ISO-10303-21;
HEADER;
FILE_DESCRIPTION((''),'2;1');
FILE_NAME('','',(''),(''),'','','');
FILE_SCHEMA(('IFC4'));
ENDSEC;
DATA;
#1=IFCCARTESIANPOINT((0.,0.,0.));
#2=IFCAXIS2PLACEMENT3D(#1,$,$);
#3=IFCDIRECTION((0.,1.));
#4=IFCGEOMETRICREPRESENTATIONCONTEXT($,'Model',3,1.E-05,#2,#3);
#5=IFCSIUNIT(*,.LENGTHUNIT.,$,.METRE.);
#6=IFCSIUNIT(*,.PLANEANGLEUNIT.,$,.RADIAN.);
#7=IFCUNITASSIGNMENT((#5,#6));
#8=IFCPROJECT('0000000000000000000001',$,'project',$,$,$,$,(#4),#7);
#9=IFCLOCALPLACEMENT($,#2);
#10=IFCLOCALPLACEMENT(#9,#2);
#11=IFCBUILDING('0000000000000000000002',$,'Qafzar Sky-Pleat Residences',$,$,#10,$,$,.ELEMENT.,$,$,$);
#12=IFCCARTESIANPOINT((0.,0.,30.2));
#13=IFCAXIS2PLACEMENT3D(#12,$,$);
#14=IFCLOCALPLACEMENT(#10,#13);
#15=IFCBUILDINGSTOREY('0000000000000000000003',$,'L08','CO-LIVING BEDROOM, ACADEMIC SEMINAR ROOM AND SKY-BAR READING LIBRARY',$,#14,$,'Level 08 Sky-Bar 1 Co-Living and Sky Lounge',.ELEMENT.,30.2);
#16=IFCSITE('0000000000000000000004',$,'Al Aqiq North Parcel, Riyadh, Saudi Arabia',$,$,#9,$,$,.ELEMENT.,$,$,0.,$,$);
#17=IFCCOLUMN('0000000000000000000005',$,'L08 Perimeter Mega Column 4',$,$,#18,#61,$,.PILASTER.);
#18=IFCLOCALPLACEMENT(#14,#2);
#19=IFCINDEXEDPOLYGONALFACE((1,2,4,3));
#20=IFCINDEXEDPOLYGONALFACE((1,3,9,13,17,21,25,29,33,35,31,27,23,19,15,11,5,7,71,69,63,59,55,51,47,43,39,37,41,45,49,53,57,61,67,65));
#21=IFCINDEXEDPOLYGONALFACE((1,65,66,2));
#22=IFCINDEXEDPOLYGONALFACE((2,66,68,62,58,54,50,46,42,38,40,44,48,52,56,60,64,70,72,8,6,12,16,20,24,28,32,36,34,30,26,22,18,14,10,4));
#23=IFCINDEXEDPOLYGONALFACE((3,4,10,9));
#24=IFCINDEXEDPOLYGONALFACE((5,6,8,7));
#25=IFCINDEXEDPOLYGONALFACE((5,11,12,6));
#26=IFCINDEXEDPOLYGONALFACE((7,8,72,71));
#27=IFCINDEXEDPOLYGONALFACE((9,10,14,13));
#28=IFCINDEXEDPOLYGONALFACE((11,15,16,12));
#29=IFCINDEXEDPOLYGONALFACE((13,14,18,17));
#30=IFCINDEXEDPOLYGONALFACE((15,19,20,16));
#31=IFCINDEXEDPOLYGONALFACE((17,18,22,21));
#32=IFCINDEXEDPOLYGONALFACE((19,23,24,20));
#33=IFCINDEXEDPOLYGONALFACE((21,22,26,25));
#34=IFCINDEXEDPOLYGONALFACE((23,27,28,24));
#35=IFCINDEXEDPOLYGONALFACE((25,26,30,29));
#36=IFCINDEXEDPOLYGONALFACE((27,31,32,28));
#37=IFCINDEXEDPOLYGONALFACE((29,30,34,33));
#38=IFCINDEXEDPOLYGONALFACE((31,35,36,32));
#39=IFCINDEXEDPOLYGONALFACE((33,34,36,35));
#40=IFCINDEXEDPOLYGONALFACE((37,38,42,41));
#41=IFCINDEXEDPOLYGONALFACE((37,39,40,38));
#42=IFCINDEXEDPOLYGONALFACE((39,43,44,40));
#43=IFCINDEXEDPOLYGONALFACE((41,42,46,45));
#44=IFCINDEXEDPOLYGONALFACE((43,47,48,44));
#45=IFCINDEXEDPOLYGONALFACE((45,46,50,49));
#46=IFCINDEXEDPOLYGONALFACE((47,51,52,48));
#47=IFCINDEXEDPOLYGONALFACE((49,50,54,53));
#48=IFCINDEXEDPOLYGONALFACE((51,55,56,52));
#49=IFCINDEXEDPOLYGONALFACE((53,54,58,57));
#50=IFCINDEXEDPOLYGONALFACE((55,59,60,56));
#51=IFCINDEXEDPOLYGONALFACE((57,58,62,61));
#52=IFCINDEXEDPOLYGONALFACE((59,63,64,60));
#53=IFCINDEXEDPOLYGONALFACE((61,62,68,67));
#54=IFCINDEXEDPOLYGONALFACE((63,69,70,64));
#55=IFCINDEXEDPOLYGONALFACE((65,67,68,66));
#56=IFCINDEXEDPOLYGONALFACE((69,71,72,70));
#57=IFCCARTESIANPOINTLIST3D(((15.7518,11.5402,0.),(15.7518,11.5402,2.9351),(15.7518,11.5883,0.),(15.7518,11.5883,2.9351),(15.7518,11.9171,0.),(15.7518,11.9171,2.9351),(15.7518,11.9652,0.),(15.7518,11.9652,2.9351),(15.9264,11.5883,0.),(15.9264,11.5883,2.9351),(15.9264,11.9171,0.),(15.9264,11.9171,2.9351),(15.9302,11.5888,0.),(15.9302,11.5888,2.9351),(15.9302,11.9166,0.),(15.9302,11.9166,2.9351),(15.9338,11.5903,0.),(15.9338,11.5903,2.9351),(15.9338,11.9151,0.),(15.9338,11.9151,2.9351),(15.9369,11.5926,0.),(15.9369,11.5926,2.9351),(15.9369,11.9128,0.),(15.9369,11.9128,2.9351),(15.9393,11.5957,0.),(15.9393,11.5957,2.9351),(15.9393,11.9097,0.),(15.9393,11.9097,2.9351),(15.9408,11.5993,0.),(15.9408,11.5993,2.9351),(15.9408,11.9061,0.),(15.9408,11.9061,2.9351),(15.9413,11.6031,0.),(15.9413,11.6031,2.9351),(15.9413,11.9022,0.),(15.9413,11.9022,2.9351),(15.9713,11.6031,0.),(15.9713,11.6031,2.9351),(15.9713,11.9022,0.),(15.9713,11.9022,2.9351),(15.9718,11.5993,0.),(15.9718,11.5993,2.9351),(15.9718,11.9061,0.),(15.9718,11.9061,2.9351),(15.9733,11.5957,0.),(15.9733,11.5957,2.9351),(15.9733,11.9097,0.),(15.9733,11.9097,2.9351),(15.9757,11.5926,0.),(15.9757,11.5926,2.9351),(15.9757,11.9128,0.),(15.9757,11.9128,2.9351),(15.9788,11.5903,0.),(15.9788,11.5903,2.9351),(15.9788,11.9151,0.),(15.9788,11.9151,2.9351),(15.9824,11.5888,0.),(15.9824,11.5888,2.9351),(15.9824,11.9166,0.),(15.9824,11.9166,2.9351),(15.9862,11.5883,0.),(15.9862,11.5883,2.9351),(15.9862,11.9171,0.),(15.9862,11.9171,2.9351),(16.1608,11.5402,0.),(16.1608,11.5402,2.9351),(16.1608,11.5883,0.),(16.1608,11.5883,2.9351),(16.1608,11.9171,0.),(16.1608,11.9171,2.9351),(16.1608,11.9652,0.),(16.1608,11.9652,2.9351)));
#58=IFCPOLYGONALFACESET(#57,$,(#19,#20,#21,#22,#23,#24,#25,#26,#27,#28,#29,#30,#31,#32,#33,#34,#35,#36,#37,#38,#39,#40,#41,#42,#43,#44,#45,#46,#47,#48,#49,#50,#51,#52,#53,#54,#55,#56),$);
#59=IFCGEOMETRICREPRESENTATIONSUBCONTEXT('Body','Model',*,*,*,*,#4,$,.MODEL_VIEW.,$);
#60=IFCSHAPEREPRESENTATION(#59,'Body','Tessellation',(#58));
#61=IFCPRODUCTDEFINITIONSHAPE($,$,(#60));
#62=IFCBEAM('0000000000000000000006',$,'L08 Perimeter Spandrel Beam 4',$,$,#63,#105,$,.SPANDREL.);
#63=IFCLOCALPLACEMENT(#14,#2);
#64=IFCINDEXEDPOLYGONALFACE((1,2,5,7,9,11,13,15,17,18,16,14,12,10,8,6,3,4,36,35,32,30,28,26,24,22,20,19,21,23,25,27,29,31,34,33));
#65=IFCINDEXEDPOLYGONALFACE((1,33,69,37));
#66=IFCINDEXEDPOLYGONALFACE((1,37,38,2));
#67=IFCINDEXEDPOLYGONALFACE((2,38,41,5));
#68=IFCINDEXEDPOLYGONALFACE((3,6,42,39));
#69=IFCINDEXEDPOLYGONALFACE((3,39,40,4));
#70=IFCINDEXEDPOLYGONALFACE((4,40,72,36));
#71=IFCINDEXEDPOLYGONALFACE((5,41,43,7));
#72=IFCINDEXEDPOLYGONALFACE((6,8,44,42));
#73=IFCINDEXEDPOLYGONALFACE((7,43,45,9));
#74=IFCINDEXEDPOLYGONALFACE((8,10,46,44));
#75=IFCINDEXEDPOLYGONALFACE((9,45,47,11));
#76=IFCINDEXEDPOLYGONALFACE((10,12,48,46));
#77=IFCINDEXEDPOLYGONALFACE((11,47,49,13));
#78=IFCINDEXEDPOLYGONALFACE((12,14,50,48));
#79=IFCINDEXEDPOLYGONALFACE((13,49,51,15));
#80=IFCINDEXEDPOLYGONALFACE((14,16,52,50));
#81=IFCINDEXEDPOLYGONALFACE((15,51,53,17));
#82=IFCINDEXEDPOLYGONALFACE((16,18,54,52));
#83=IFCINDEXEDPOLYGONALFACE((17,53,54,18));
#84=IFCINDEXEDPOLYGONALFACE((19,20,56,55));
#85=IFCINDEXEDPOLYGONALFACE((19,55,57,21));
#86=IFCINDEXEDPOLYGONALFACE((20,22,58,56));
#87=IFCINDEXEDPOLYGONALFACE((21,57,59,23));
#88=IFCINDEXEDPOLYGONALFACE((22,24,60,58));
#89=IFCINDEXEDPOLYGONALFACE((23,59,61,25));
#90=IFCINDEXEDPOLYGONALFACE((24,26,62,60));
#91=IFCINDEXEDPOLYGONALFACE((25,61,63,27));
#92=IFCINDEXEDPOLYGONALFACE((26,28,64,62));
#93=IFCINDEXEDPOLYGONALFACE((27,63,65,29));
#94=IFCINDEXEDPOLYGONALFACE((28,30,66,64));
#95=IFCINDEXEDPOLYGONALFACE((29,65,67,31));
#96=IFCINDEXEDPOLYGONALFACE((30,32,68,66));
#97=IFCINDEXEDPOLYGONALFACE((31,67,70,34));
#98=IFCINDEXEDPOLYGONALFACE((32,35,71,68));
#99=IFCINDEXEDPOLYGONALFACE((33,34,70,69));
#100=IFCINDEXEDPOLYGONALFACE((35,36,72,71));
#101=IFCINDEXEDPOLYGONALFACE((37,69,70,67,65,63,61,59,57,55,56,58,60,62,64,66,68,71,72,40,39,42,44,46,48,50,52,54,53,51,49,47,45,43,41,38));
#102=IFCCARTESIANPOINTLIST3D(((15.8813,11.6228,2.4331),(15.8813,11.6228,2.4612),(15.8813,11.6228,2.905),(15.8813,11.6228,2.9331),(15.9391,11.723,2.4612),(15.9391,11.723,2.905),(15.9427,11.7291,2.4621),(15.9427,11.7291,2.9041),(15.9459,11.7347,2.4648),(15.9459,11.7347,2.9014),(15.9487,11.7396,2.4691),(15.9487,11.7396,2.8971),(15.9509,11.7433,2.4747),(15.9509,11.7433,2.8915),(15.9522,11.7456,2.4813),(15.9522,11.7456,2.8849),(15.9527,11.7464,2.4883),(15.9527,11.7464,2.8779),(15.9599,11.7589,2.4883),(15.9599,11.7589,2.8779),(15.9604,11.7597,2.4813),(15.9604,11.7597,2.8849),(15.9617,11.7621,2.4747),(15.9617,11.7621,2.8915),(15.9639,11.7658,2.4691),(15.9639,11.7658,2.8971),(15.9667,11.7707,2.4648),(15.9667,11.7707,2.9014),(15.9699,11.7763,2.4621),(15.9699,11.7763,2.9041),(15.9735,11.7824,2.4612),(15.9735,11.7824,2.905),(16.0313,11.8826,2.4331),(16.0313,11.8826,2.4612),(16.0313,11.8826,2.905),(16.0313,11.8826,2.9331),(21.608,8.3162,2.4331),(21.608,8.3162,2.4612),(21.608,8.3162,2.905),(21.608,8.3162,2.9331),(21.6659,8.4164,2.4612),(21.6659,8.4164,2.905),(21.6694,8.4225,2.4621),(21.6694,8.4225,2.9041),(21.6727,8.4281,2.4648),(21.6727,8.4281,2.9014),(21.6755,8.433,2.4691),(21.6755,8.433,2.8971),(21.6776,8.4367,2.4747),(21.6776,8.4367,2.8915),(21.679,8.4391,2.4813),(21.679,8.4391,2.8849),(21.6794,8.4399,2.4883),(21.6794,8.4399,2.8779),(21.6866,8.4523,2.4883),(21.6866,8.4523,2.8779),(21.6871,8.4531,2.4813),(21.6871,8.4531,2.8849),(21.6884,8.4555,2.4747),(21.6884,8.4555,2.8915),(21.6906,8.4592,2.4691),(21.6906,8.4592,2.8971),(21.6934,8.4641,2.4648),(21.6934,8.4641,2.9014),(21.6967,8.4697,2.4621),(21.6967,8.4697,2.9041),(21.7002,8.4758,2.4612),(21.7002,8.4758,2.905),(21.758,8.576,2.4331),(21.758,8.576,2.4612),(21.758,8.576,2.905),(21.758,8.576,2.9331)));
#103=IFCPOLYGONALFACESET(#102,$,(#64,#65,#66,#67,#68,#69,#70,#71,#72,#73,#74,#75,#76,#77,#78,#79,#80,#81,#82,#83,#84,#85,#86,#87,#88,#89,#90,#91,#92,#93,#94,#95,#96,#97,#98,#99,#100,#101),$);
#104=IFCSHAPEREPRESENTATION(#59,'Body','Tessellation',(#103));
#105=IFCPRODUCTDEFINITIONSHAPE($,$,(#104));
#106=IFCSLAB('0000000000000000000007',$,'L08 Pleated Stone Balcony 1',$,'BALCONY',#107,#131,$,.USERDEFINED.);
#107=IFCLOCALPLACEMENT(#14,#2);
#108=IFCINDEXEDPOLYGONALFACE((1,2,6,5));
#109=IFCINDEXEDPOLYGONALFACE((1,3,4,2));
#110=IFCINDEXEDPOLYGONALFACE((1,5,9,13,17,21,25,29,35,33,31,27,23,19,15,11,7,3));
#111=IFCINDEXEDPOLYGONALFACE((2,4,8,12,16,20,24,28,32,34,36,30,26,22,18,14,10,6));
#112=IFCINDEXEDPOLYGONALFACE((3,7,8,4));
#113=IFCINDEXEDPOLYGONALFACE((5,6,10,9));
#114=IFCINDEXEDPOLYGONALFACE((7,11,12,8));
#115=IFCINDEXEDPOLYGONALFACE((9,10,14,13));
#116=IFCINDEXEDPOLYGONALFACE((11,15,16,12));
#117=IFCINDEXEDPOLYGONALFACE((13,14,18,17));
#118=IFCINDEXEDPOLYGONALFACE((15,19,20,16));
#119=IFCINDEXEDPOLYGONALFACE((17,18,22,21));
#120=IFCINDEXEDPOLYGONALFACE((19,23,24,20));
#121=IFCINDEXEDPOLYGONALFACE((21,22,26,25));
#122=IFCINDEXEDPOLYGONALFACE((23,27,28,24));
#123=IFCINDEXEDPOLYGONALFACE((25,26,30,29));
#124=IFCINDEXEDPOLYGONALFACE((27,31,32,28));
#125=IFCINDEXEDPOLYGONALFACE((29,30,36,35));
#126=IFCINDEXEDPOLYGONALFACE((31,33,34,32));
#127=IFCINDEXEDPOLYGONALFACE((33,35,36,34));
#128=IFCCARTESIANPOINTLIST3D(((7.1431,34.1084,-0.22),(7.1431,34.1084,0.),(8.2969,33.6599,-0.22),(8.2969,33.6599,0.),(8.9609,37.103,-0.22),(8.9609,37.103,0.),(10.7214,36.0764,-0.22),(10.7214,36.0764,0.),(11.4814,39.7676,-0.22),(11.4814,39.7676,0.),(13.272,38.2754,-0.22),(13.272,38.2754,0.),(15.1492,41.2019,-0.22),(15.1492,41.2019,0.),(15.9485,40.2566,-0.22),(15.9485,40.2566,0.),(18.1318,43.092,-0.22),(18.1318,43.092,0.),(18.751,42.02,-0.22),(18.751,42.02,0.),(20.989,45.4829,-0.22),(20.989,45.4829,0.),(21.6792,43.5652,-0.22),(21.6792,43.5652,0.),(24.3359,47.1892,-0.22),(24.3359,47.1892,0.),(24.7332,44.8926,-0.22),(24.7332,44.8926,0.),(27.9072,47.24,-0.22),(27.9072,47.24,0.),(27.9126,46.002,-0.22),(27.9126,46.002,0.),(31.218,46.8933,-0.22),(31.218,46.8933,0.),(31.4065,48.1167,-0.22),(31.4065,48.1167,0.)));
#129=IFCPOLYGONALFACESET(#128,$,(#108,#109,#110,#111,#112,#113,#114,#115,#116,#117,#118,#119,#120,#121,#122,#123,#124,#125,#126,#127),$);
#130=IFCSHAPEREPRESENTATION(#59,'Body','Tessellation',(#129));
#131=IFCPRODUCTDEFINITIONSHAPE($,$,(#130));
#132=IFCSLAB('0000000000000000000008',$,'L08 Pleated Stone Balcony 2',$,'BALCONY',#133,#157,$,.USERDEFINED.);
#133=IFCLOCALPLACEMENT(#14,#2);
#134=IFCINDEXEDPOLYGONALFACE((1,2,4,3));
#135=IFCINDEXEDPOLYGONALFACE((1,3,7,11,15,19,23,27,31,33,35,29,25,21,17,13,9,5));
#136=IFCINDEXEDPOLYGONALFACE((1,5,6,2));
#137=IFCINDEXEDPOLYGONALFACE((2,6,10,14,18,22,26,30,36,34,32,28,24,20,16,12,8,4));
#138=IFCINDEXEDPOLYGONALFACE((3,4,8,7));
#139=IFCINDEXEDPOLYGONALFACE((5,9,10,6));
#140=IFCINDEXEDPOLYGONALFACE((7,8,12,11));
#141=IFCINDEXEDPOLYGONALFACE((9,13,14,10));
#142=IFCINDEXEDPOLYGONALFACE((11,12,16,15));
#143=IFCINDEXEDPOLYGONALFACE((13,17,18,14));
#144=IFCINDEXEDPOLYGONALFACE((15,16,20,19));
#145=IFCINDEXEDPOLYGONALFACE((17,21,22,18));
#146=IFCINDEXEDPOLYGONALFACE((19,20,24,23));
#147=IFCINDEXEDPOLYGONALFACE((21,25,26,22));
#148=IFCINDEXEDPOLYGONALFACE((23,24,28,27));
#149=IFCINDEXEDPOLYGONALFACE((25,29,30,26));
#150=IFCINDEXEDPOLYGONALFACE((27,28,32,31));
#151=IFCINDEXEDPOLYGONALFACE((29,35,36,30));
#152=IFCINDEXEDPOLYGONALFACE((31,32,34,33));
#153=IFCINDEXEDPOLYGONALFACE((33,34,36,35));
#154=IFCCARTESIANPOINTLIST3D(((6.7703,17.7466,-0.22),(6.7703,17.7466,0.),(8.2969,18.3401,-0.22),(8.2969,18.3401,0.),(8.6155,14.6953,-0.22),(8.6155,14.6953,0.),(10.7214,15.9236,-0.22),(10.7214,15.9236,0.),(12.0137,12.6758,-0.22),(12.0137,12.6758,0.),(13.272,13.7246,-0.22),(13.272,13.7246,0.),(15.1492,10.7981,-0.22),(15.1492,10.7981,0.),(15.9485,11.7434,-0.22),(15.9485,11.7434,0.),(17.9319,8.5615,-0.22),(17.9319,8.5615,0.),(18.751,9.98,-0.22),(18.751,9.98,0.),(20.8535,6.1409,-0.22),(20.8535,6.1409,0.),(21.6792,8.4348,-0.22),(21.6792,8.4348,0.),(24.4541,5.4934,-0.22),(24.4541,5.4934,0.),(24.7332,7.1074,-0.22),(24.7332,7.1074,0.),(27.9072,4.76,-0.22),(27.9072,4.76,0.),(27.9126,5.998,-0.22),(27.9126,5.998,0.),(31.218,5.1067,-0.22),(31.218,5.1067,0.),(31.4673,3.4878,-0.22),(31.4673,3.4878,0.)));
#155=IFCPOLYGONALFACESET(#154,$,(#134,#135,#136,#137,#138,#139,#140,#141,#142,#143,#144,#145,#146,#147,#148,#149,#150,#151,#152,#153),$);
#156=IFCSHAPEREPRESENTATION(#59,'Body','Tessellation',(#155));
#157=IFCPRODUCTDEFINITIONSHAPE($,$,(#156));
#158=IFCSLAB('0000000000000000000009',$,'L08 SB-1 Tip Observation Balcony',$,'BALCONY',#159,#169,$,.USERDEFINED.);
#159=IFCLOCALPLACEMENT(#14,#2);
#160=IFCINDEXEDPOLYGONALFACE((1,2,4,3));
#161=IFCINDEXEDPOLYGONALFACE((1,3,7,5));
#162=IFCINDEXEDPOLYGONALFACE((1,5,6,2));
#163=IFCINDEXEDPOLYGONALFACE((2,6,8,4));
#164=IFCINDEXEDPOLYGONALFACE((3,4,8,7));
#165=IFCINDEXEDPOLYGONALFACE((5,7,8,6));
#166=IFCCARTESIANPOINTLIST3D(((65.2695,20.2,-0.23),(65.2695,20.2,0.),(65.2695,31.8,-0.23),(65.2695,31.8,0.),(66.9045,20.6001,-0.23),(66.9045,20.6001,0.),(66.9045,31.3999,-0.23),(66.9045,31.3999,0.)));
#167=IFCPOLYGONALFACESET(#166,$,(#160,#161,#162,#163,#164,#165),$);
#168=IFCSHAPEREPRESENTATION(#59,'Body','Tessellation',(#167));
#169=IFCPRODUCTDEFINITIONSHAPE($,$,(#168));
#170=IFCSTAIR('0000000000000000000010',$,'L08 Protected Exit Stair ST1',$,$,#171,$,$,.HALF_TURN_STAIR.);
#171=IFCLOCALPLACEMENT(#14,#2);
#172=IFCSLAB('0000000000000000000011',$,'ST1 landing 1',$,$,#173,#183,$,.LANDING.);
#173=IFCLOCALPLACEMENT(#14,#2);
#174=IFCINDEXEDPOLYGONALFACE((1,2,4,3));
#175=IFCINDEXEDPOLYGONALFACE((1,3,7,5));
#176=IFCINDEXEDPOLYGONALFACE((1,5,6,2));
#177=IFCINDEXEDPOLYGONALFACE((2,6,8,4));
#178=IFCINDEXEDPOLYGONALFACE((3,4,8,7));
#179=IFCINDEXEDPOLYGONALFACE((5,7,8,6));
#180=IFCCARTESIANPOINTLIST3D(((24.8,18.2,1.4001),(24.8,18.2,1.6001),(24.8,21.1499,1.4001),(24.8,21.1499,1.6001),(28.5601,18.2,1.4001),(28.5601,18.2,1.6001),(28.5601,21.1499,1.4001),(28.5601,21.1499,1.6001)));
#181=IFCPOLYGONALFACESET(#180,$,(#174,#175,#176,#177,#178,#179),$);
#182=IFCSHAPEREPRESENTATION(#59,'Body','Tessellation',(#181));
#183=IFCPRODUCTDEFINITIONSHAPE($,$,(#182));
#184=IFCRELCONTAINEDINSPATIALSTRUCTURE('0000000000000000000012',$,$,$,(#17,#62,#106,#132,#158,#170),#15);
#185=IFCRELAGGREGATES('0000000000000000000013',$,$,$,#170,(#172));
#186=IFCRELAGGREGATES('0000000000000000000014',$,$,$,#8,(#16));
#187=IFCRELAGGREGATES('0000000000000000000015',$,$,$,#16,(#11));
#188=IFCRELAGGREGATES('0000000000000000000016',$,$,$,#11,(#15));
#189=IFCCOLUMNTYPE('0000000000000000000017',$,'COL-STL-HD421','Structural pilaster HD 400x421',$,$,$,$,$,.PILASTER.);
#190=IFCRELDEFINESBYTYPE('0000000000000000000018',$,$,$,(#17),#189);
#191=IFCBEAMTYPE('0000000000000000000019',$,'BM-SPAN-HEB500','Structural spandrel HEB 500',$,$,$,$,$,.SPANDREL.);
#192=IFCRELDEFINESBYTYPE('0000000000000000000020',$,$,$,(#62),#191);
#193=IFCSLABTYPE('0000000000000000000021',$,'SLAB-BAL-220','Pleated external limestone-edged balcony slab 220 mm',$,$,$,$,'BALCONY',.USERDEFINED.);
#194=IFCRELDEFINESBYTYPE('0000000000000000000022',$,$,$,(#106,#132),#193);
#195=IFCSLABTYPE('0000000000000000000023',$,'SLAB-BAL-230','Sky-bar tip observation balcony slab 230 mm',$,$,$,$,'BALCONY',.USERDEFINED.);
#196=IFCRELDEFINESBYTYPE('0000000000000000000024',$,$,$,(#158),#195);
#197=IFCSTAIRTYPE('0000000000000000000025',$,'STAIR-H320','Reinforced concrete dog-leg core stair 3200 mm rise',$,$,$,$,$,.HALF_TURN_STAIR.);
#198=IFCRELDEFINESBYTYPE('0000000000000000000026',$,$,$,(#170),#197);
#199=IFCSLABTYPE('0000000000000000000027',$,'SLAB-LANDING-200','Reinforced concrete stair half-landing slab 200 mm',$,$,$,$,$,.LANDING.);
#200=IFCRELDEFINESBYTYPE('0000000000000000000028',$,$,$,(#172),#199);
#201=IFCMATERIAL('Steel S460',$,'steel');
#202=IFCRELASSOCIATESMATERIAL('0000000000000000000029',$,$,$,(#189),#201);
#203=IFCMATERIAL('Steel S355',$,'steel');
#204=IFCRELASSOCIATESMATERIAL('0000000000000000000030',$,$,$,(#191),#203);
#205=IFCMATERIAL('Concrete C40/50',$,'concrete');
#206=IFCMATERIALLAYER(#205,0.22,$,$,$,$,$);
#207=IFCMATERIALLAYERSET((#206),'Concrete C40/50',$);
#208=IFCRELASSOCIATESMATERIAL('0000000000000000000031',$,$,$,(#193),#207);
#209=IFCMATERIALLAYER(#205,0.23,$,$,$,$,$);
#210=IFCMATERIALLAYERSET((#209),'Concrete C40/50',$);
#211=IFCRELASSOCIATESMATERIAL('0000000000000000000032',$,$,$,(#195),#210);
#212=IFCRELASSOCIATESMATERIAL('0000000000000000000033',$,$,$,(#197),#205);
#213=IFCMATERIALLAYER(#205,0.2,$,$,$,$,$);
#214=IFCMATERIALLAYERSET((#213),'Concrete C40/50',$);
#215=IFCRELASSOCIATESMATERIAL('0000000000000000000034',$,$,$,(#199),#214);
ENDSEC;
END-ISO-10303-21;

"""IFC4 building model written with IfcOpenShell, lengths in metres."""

from ifc_helpers import new_model, si_unit, direction, frame, origin, origin_2d, place, context, subcontext, project, spatial, polyline, i_section, outline, extrude, source, transform, mapped, material, layer, layer_set, material_profile, profile_set, type_object, element, aggregate, save


model = new_model("IFC4")

# Units and contexts
model_context = context("Model", 3, precision=1e-05, world=origin(), true_north=direction((0.0, 1.0)))
body_context = subcontext(model_context, "Body", "Model", "MODEL_VIEW")
ifc_project = project(units=[si_unit("LENGTHUNIT", "METRE"), si_unit("PLANEANGLEUNIT", "RADIAN")], contexts=[model_context])

# Site, building, storey
site_placement = place(None, origin())
site = spatial("IfcSite", under=ifc_project, at=site_placement, Name="Al Aqiq North Parcel, Riyadh, Saudi Arabia", CompositionType="ELEMENT", RefElevation=0.0)
building_placement = place(site_placement, origin())
building = spatial("IfcBuilding", under=site, at=building_placement, Name="Qafzar Sky-Pleat Residences", CompositionType="ELEMENT")
storey_placement = place(building_placement, frame((0.0, 0.0, 30.2)))
storey = spatial("IfcBuildingStorey", under=building, at=storey_placement, Name="L08", Description="CO-LIVING BEDROOM, ACADEMIC SEMINAR ROOM AND SKY-BAR READING LIBRARY", LongName="Level 08 Sky-Bar 1 Co-Living and Sky Lounge", CompositionType="ELEMENT", Elevation=30.2)

# Column
ifc_material_1 = material(Name="Steel S460", Category="steel")
ifc_material_profile_1 = material_profile(ifc_material_1, i_section(OverallWidth=0.4089, OverallDepth=0.425, WebThickness=0.03, FlangeThickness=0.0481, FilletRadius=0.0149, at=origin_2d()), Name="HD 400x421")
ifc_profile_set_1 = profile_set([ifc_material_profile_1], Name="Steel S460")
column_type = type_object("IfcColumnType", Name="COL-STL-HD421", Description="Structural pilaster HD 400x421", PredefinedType="PILASTER", material=ifc_profile_set_1)
shared_shape_1 = source(origin(), body_context, "Body", "SweptSolid", [
    extrude(i_section(OverallWidth=0.4089, OverallDepth=0.425, WebThickness=0.03, FlangeThickness=0.0481, FilletRadius=0.0149, at=origin_2d()), origin(), (0.0, 0.0, 1.0), 2.9351),
])
column_placement = place(storey_placement, frame((15.9563, 11.7527, 0.0), z_axis=(0.0, 0.0, 1.0), x_axis=(1.0, 0.0, 0.0)))
element("IfcColumn", 1, at=column_placement, inside=storey, type_object=column_type, Name="L08 Perimeter Mega Column 4", PredefinedType="PILASTER", context=body_context, shape_type="MappedRepresentation", body=[
    mapped(shared_shape_1, transform((0.0, 0.0, 0.0), x_axis=(1.0, 0.0, 0.0), y_axis=(0.0, 1.0, 0.0), z_axis=(0.0, 0.0, 1.0), scale=1.0)),
])

# Beam
ifc_material_2 = material(Name="Steel S355", Category="steel")
ifc_material_profile_2 = material_profile(ifc_material_2, i_section(OverallWidth=0.3, OverallDepth=0.5, WebThickness=0.0144, FlangeThickness=0.0281, FilletRadius=0.0271, at=origin_2d()), Name="HEB 500")
ifc_profile_set_2 = profile_set([ifc_material_profile_2], Name="Steel S355")
beam_type = type_object("IfcBeamType", Name="BM-SPAN-HEB500", Description="Structural spandrel HEB 500", PredefinedType="SPANDREL", material=ifc_profile_set_2)
shared_shape_2 = source(origin(), body_context, "Body", "SweptSolid", [
    extrude(i_section(OverallWidth=0.3, OverallDepth=0.5, WebThickness=0.0144, FlangeThickness=0.0281, FilletRadius=0.0271, at=origin_2d()), origin(), (0.0, 0.0, 1.0), 6.6128),
])
beam_placement = place(storey_placement, frame((15.9563, 11.7527, 2.6831), z_axis=(0.866008, -0.50003, 0.0), x_axis=(0.50003, 0.866008, 0.0)))
element("IfcBeam", 2, at=beam_placement, inside=storey, type_object=beam_type, Name="L08 Perimeter Spandrel Beam 4", PredefinedType="SPANDREL", context=body_context, shape_type="MappedRepresentation", body=[
    mapped(shared_shape_2, transform((0.0, 0.0, 0.0), x_axis=(1.0, 0.0, 0.0), y_axis=(0.0, 1.0, 0.0), z_axis=(0.0, 0.0, 1.0), scale=1.0)),
])

# Slabs
ifc_material_3 = material(Name="Concrete C40/50", Category="concrete")
ifc_layer_1 = layer(ifc_material_3, 0.22)
ifc_layer_set_1 = layer_set([ifc_layer_1], Name="Concrete C40/50")
slab_type_1 = type_object("IfcSlabType", Name="SLAB-BAL-220", Description="Pleated external limestone-edged balcony slab 220 mm", ElementType="BALCONY", PredefinedType="USERDEFINED", material=ifc_layer_set_1)
slab_1_placement = place(storey_placement, frame((0.0, 0.0, -0.22)))
element("IfcSlab", 3, at=slab_1_placement, inside=storey, type_object=slab_type_1, Name="L08 Pleated Stone Balcony 1", ObjectType="BALCONY", PredefinedType="USERDEFINED", context=body_context, shape_type="SweptSolid", body=[
    extrude(outline(polyline([(27.9126, 46.002), (24.7332, 44.8926), (21.6792, 43.5652), (18.751, 42.02), (15.9485, 40.2566), (13.272, 38.2754), (10.7214, 36.0764), (8.2969, 33.6599), (7.1431, 34.1084), (8.9609, 37.103), (11.4814, 39.7676), (15.1492, 41.2019), (18.1318, 43.092), (20.989, 45.4829), (24.3359, 47.1892), (27.9072, 47.24), (31.4065, 48.1167), (31.218, 46.8933), (27.9126, 46.002)])), origin(), (0.0, 0.0, 1.0), 0.22),
])
slab_2_placement = place(storey_placement, frame((0.0, 0.0, -0.22)))
element("IfcSlab", 4, at=slab_2_placement, inside=storey, type_object=slab_type_1, Name="L08 Pleated Stone Balcony 2", ObjectType="BALCONY", PredefinedType="USERDEFINED", context=body_context, shape_type="SweptSolid", body=[
    extrude(outline(polyline([(10.7214, 15.9236), (13.272, 13.7246), (15.9485, 11.7434), (18.751, 9.98), (21.6792, 8.4348), (24.7332, 7.1074), (27.9126, 5.998), (31.218, 5.1067), (31.4673, 3.4878), (27.9072, 4.76), (24.4541, 5.4934), (20.8535, 6.1409), (17.9319, 8.5615), (15.1492, 10.7981), (12.0137, 12.6758), (8.6155, 14.6953), (6.7703, 17.7466), (8.2969, 18.3401), (10.7214, 15.9236)])), origin(), (0.0, 0.0, 1.0), 0.22),
])
ifc_layer_2 = layer(ifc_material_3, 0.23)
ifc_layer_set_2 = layer_set([ifc_layer_2], Name="Concrete C40/50")
slab_type_2 = type_object("IfcSlabType", Name="SLAB-BAL-230", Description="Sky-bar tip observation balcony slab 230 mm", ElementType="BALCONY", PredefinedType="USERDEFINED", material=ifc_layer_set_2)
slab_3_placement = place(storey_placement, frame((0.0, 0.0, -0.23)))
element("IfcSlab", 5, at=slab_3_placement, inside=storey, type_object=slab_type_2, Name="L08 SB-1 Tip Observation Balcony", ObjectType="BALCONY", PredefinedType="USERDEFINED", context=body_context, shape_type="SweptSolid", body=[
    extrude(outline(polyline([(65.2695, 20.2), (66.9045, 20.6001), (66.9045, 31.3999), (65.2695, 31.8), (65.2695, 20.2)])), origin(), (0.0, 0.0, 1.0), 0.23),
])

# Stair, slab
stair_type = type_object("IfcStairType", Name="STAIR-H320", Description="Reinforced concrete dog-leg core stair 3200 mm rise", PredefinedType="HALF_TURN_STAIR", material=ifc_material_3)
stair_1_placement = place(storey_placement, origin())
stair_1 = element("IfcStair", 6, at=stair_1_placement, inside=storey, type_object=stair_type, Name="L08 Protected Exit Stair ST1", PredefinedType="HALF_TURN_STAIR")
ifc_layer_3 = layer(ifc_material_3, 0.2)
ifc_layer_set_3 = layer_set([ifc_layer_3], Name="Concrete C40/50")
slab_type_3 = type_object("IfcSlabType", Name="SLAB-LANDING-200", Description="Reinforced concrete stair half-landing slab 200 mm", PredefinedType="LANDING", material=ifc_layer_set_3)
slab_4_placement = place(storey_placement, frame((0.0, 0.0, 1.4001)))
slab_4 = element("IfcSlab", 7, at=slab_4_placement, type_object=slab_type_3, Name="ST1 landing 1", PredefinedType="LANDING", context=body_context, shape_type="SweptSolid", body=[
    extrude(outline(polyline([(28.5601, 21.1499), (24.8, 21.1499), (24.8, 18.2), (28.5601, 18.2), (28.5601, 21.1499)])), origin(), (0.0, 0.0, 1.0), 0.2),
])
aggregate(stair_1, [slab_4])

save(model, "model.ifc")
